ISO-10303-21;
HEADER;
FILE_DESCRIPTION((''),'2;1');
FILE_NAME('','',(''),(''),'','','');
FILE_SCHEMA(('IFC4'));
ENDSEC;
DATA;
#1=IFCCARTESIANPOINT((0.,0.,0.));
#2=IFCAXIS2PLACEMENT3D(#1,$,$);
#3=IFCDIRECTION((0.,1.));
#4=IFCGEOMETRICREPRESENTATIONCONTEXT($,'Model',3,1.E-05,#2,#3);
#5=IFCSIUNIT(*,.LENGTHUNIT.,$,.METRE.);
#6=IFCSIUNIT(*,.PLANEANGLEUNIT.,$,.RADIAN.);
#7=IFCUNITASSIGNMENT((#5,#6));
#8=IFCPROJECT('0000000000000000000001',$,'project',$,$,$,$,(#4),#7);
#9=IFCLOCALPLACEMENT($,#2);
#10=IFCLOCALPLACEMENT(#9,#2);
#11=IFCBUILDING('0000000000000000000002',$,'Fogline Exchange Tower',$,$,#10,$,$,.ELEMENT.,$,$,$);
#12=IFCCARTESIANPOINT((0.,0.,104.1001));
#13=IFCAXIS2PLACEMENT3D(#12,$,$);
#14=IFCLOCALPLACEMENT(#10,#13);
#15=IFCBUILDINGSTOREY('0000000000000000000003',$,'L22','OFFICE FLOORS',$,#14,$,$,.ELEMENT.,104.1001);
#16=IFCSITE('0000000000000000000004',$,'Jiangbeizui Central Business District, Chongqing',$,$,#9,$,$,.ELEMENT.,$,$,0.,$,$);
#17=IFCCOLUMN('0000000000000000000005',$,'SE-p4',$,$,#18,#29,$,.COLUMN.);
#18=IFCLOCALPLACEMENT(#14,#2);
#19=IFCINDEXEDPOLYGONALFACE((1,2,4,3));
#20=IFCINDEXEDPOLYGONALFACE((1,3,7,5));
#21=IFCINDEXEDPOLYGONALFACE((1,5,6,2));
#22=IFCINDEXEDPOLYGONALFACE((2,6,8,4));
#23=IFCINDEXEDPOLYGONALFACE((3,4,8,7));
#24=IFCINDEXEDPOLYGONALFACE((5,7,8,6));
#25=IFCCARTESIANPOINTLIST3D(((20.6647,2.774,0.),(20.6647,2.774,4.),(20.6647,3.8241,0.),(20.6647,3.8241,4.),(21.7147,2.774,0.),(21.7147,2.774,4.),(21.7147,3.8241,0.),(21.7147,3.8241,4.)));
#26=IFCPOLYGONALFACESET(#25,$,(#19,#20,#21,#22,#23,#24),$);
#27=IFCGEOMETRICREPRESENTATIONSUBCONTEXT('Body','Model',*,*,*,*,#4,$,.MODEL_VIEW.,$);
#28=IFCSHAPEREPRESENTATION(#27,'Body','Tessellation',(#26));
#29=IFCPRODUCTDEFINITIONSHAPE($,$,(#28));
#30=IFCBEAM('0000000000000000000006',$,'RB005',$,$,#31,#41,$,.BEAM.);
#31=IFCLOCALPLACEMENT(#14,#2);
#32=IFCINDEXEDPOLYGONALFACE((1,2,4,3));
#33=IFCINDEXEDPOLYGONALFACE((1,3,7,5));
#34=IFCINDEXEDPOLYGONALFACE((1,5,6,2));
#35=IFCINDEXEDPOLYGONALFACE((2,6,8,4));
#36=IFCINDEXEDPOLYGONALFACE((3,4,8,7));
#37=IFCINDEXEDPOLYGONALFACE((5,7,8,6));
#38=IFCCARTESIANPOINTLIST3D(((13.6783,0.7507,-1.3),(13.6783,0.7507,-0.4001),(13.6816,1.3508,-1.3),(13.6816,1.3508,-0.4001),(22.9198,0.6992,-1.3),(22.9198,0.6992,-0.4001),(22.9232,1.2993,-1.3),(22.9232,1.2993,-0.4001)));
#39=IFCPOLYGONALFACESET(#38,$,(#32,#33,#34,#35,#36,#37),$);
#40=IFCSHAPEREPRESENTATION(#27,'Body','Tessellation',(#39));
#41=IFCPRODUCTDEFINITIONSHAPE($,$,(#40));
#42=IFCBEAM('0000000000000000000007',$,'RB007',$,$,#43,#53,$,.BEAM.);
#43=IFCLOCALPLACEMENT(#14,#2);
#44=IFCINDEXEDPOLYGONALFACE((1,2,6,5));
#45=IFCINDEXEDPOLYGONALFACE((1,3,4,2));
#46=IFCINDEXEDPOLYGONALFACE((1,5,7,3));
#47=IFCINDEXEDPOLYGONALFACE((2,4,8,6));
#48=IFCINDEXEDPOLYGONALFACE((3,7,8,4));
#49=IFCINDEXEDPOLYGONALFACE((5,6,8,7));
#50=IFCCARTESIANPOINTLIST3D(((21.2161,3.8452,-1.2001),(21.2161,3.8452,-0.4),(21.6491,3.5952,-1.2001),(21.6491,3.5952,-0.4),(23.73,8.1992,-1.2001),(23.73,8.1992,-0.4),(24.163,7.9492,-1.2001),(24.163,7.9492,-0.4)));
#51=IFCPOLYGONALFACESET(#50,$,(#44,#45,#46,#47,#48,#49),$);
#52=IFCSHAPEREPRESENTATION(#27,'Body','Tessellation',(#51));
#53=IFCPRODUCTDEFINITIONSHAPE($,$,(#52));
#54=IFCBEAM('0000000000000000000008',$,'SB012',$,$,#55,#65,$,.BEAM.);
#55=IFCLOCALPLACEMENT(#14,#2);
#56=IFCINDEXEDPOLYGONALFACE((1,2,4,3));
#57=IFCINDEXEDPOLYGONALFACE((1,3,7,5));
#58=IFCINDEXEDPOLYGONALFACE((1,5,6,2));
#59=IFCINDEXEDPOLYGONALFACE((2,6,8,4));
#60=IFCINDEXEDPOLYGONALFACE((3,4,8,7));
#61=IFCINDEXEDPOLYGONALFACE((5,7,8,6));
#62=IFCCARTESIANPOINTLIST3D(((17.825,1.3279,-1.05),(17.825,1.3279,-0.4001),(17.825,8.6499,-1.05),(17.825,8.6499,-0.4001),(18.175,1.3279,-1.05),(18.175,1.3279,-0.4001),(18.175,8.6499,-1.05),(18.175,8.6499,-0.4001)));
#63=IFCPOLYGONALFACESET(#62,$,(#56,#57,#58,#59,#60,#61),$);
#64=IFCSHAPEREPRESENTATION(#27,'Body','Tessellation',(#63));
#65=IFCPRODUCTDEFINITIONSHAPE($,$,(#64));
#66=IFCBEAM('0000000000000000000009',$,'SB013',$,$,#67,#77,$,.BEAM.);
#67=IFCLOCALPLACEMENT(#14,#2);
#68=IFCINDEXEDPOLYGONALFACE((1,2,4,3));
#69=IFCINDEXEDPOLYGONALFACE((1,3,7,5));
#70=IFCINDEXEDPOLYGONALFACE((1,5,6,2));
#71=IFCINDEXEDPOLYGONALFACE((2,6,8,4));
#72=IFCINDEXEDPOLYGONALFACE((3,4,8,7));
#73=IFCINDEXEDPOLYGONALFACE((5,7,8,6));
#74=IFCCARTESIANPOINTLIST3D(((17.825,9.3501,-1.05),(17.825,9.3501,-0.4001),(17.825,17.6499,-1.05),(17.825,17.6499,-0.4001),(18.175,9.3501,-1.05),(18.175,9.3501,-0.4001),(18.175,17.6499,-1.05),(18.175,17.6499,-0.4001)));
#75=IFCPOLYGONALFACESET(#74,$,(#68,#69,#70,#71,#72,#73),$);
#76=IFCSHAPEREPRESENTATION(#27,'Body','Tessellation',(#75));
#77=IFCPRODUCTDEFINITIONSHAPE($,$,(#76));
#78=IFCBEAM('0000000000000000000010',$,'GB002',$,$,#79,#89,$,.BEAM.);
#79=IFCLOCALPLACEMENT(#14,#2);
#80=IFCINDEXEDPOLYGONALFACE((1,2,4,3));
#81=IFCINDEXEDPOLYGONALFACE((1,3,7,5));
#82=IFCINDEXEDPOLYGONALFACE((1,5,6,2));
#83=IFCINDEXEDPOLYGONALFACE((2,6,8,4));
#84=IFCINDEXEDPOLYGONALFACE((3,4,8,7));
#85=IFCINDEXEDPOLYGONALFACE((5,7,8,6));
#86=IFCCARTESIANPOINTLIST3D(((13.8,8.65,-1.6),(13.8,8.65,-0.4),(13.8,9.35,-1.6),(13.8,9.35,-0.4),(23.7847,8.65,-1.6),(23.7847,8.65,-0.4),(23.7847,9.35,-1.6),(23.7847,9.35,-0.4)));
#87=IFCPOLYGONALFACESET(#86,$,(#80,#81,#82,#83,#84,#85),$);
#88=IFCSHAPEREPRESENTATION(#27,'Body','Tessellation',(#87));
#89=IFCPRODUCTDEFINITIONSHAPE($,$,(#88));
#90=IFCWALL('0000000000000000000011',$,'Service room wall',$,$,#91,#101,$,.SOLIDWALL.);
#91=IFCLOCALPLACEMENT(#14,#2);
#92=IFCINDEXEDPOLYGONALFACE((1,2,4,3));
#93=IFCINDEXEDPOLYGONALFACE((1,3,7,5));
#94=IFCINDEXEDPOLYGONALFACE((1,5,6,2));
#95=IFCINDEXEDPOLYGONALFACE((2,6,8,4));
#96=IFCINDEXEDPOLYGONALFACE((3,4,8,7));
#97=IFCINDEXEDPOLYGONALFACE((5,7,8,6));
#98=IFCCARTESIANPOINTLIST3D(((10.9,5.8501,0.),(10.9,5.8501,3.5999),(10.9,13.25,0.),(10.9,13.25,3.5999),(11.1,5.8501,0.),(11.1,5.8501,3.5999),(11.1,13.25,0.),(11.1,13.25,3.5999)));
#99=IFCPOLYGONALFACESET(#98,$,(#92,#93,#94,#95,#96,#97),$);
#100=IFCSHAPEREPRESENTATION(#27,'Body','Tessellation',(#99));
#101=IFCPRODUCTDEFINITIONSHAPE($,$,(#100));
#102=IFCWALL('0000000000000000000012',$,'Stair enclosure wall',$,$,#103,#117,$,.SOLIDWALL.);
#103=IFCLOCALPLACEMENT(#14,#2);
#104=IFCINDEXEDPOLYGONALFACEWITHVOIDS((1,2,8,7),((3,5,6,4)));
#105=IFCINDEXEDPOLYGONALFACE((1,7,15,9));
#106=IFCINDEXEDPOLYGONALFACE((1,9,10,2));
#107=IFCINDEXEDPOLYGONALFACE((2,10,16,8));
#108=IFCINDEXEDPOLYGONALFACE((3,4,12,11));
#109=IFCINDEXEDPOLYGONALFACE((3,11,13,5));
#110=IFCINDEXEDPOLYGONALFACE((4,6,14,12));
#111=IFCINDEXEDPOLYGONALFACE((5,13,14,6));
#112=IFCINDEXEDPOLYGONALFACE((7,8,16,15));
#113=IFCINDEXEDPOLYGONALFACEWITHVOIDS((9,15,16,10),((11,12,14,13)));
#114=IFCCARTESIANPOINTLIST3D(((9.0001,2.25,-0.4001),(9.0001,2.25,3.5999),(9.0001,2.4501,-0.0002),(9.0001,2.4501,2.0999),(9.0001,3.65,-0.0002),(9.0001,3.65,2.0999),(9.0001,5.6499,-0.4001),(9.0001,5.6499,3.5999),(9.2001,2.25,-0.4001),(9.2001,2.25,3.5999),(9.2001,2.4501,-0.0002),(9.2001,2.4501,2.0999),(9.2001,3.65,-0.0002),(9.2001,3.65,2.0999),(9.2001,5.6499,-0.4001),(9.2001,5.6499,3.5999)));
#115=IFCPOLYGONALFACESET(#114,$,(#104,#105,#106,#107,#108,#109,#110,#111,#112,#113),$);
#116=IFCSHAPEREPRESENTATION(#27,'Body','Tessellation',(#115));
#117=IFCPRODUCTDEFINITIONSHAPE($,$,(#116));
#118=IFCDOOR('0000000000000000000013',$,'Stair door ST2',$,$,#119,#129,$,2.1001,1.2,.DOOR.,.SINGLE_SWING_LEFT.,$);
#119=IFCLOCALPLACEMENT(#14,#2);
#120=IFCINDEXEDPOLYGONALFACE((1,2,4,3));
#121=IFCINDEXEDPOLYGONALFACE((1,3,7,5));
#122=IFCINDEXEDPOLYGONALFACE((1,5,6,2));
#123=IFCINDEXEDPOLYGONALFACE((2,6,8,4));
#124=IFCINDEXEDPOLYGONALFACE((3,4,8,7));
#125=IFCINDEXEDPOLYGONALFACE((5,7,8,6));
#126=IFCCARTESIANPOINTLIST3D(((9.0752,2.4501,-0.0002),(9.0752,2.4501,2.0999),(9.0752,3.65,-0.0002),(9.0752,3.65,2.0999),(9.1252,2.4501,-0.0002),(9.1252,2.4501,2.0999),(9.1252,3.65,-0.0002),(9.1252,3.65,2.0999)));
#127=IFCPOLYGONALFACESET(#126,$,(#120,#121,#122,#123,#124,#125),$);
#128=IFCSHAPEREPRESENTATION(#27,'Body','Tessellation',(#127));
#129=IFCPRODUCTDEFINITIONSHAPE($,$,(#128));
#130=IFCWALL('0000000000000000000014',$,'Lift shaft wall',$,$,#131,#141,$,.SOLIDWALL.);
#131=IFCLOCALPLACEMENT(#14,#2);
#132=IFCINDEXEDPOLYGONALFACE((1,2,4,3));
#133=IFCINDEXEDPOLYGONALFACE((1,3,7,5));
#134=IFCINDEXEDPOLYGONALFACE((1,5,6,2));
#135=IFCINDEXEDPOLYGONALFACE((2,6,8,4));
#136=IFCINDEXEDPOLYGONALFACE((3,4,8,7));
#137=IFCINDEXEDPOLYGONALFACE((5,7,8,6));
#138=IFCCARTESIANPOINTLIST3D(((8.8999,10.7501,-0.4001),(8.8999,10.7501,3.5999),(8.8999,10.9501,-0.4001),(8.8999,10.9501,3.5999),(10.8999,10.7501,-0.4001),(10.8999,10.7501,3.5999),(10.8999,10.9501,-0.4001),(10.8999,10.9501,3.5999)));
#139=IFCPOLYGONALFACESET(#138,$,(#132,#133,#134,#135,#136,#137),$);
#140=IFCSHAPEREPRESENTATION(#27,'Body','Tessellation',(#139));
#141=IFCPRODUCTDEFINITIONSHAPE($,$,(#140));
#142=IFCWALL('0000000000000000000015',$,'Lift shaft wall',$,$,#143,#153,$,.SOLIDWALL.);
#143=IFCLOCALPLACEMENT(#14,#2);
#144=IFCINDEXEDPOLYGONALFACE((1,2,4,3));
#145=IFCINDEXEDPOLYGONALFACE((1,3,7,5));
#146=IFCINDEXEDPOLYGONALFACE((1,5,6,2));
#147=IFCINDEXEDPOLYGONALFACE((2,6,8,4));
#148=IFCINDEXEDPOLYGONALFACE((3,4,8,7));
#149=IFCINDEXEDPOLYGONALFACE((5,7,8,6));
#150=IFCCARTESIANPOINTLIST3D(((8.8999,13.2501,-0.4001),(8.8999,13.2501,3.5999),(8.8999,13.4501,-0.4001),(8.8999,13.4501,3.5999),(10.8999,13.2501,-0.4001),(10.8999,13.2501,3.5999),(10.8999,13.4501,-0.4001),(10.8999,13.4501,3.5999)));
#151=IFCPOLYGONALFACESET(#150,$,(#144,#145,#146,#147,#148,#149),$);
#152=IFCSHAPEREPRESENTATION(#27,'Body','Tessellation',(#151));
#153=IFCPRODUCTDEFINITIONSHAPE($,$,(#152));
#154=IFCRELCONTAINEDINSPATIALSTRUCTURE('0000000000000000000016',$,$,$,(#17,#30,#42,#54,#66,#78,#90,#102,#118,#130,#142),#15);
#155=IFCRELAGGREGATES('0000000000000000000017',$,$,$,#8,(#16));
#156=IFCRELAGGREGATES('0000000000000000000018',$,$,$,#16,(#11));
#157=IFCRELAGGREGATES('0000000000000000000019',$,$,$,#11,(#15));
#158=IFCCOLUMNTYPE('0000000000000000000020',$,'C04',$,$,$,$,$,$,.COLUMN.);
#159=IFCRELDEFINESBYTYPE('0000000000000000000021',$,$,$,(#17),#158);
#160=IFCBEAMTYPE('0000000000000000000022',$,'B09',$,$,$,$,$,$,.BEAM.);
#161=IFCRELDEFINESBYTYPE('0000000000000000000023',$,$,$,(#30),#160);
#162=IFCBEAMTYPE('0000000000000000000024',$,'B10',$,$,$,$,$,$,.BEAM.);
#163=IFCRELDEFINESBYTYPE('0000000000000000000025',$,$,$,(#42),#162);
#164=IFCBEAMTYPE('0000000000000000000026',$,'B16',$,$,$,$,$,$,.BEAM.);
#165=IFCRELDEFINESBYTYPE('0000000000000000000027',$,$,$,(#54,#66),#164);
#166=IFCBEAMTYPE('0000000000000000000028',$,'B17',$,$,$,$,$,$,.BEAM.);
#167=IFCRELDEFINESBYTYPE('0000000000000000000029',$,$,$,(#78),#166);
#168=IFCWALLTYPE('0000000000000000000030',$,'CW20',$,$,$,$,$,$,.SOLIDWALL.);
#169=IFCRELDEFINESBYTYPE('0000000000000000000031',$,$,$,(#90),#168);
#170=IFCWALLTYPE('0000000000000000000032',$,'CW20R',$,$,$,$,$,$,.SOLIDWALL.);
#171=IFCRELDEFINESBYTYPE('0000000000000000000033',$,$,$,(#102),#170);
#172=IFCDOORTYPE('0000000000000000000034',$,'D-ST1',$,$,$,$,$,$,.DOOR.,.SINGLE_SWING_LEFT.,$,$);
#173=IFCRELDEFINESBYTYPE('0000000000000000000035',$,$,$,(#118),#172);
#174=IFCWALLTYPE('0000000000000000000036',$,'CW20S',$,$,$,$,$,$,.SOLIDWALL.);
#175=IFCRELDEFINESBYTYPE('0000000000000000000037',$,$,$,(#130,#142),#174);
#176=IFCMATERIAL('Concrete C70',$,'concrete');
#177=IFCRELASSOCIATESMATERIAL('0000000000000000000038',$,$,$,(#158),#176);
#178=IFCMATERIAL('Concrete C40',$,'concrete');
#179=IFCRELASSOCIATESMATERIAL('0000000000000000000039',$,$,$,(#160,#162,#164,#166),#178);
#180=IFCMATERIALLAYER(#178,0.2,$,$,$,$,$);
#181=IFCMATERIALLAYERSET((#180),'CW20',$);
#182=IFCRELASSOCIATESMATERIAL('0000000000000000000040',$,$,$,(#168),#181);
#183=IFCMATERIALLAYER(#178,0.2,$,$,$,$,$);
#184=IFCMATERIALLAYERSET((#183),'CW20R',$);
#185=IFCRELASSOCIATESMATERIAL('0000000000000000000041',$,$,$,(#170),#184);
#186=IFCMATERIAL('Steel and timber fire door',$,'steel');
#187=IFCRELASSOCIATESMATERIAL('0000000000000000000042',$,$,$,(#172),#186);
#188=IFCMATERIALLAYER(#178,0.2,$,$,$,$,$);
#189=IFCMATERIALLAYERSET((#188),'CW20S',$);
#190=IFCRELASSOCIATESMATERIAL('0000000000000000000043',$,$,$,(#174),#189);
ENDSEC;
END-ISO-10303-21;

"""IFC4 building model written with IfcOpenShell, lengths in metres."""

from ifc_helpers import new_model, si_unit, direction, frame, frame_2d, origin, origin_2d, place, context, subcontext, project, spatial, rectangle, extrude, material, layer, layer_set, material_profile, profile_set, type_object, element, fill, save


model = new_model("IFC4")

# Units and contexts
model_context = context("Model", 3, precision=1e-05, world=origin(), true_north=direction((0.0, 1.0)))
body_context = subcontext(model_context, "Body", "Model", "MODEL_VIEW")
ifc_project = project(units=[si_unit("LENGTHUNIT", "METRE"), si_unit("PLANEANGLEUNIT", "RADIAN")], contexts=[model_context])

# Site, building, storey
site_placement = place(None, origin())
site = spatial("IfcSite", under=ifc_project, at=site_placement, Name="Jiangbeizui Central Business District, Chongqing", CompositionType="ELEMENT", RefElevation=0.0)
building_placement = place(site_placement, origin())
building = spatial("IfcBuilding", under=site, at=building_placement, Name="Fogline Exchange Tower", CompositionType="ELEMENT")
storey_placement = place(building_placement, frame((0.0, 0.0, 104.1001)))
storey = spatial("IfcBuildingStorey", under=building, at=storey_placement, Name="L22", Description="OFFICE FLOORS", CompositionType="ELEMENT", Elevation=104.1001)

# Column
ifc_material_1 = material(Name="Concrete C70", Category="concrete")
ifc_material_profile_1 = material_profile(ifc_material_1, rectangle(XDim=1.05, YDim=1.05, at=origin_2d()), Name="RC 1050x1050")
ifc_profile_set_1 = profile_set([ifc_material_profile_1], Name="Concrete C70")
column_type = type_object("IfcColumnType", Name="C04", PredefinedType="COLUMN", material=ifc_profile_set_1)
column_placement = place(storey_placement, frame((21.1897, 3.2991, 0.0), z_axis=(0.0, 0.0, 1.0), x_axis=(1.0, 0.0, 0.0)))
element("IfcColumn", 1, at=column_placement, inside=storey, type_object=column_type, Name="SE-p4", PredefinedType="COLUMN", context=body_context, shape_type="SweptSolid", body=[
    extrude(rectangle(XDim=1.05, YDim=1.05, at=origin_2d()), origin(), (0.0, 0.0, 1.0), 4.0),
])

# Beams
ifc_material_2 = material(Name="Concrete C40", Category="concrete")
ifc_material_profile_2 = material_profile(ifc_material_2, rectangle(XDim=0.6001, YDim=0.8999, at=origin_2d()), Name="RC 600x900")
ifc_profile_set_2 = profile_set([ifc_material_profile_2], Name="Concrete C40")
beam_type_1 = type_object("IfcBeamType", Name="B09", PredefinedType="BEAM", material=ifc_profile_set_2)
beam_1_placement = place(storey_placement, frame((13.6799, 1.0508, -0.8501), z_axis=(0.999984, -0.005574, 0.0), x_axis=(0.005574, 0.999984, 0.0)))
element("IfcBeam", 2, at=beam_1_placement, inside=storey, type_object=beam_type_1, Name="RB005", PredefinedType="BEAM", context=body_context, shape_type="SweptSolid", body=[
    extrude(rectangle(XDim=0.6001, YDim=0.8999, at=origin_2d()), origin(), (0.0, 0.0, 1.0), 9.2417),
])
ifc_material_profile_3 = material_profile(ifc_material_2, rectangle(XDim=0.5, YDim=0.8, at=origin_2d()), Name="RC 500x800")
ifc_profile_set_3 = profile_set([ifc_material_profile_3], Name="Concrete C40")
beam_type_2 = type_object("IfcBeamType", Name="B10", PredefinedType="BEAM", material=ifc_profile_set_3)
beam_2_placement = place(storey_placement, frame((21.4326, 3.7202, -0.8), z_axis=(0.500019, 0.866014, 0.0), x_axis=(-0.866014, 0.500019, 0.0)))
element("IfcBeam", 3, at=beam_2_placement, inside=storey, type_object=beam_type_2, Name="RB007", PredefinedType="BEAM", context=body_context, shape_type="SweptSolid", body=[
    extrude(rectangle(XDim=0.5, YDim=0.8, at=origin_2d()), origin(), (0.0, 0.0, 1.0), 5.0276),
])
ifc_material_profile_4 = material_profile(ifc_material_2, rectangle(XDim=0.3501, YDim=0.6499, at=origin_2d()), Name="RC 350x650")
ifc_profile_set_4 = profile_set([ifc_material_profile_4], Name="Concrete C40")
beam_type_3 = type_object("IfcBeamType", Name="B16", PredefinedType="BEAM", material=ifc_profile_set_4)
beam_3_placement = place(storey_placement, frame((18.0, 1.3279, -0.7251), z_axis=(0.0, 1.0, 0.0), x_axis=(-1.0, 0.0, 0.0)))
element("IfcBeam", 4, at=beam_3_placement, inside=storey, type_object=beam_type_3, Name="SB012", PredefinedType="BEAM", context=body_context, shape_type="SweptSolid", body=[
    extrude(rectangle(XDim=0.3501, YDim=0.6499, at=origin_2d()), origin(), (0.0, 0.0, 1.0), 7.322),
])
beam_4_placement = place(storey_placement, frame((18.0, 9.3501, -0.7251), z_axis=(0.0, 1.0, 0.0), x_axis=(-1.0, 0.0, 0.0)))
element("IfcBeam", 5, at=beam_4_placement, inside=storey, type_object=beam_type_3, Name="SB013", PredefinedType="BEAM", context=body_context, shape_type="SweptSolid", body=[
    extrude(rectangle(XDim=0.3501, YDim=0.6499, at=origin_2d()), origin(), (0.0, 0.0, 1.0), 8.2998),
])
ifc_material_profile_5 = material_profile(ifc_material_2, rectangle(XDim=0.7, YDim=1.2, at=origin_2d()), Name="RC 700x1200")
ifc_profile_set_5 = profile_set([ifc_material_profile_5], Name="Concrete C40")
beam_type_4 = type_object("IfcBeamType", Name="B17", PredefinedType="BEAM", material=ifc_profile_set_5)
beam_5_placement = place(storey_placement, frame((13.8, 9.0, -1.0), z_axis=(1.0, 0.0, 0.0), x_axis=(0.0, 1.0, 0.0)))
element("IfcBeam", 6, at=beam_5_placement, inside=storey, type_object=beam_type_4, Name="GB002", PredefinedType="BEAM", context=body_context, shape_type="SweptSolid", body=[
    extrude(rectangle(XDim=0.7, YDim=1.2, at=origin_2d()), origin(), (0.0, 0.0, 1.0), 9.9846),
])

# Wall
ifc_layer_1 = layer(ifc_material_2, 0.2)
ifc_layer_set_1 = layer_set([ifc_layer_1], Name="CW20")
wall_type_1 = type_object("IfcWallType", Name="CW20", PredefinedType="SOLIDWALL", material=ifc_layer_set_1)
wall_1_placement = place(storey_placement, frame((11.0, 5.8501, 0.0), z_axis=(0.0, 0.0, 1.0), x_axis=(0.0, 1.0, 0.0)))
element("IfcWall", 7, at=wall_1_placement, inside=storey, type_object=wall_type_1, Name="Service room wall", PredefinedType="SOLIDWALL", context=body_context, shape_type="SweptSolid", body=[
    extrude(rectangle(XDim=7.3999, YDim=0.2, at=frame_2d((3.7, 0.0))), origin(), (0.0, 0.0, 1.0), 3.5999),
])

# Wall, opening, door
ifc_layer_2 = layer(ifc_material_2, 0.2)
ifc_layer_set_2 = layer_set([ifc_layer_2], Name="CW20R")
wall_type_2 = type_object("IfcWallType", Name="CW20R", PredefinedType="SOLIDWALL", material=ifc_layer_set_2)
wall_2_placement = place(storey_placement, frame((9.1001, 2.25, -0.4001), z_axis=(0.0, 0.0, 1.0), x_axis=(0.0, 1.0, 0.0)))
wall_2 = element("IfcWall", 8, at=wall_2_placement, inside=storey, type_object=wall_type_2, Name="Stair enclosure wall", PredefinedType="SOLIDWALL", context=body_context, shape_type="SweptSolid", body=[
    extrude(rectangle(XDim=3.3999, YDim=0.2, at=frame_2d((1.7, 0.0))), origin(), (0.0, 0.0, 1.0), 4.0),
])
opening_1_placement = place(wall_2_placement, frame((0.2, 0.0, 0.3999)))
opening_1 = element("IfcOpeningElement", 9, at=opening_1_placement, cuts=wall_2, PredefinedType="OPENING", context=body_context, shape_type="SweptSolid", body=[
    extrude(rectangle(XDim=1.2, YDim=2.1001, at=frame_2d((0.6001, 1.05))), frame((0.0, 0.1099, 0.0), z_axis=(0.0, -1.0, 0.0), x_axis=(1.0, 0.0, 0.0)), (0.0, 0.0, 1.0), 0.22),
])
ifc_material_3 = material(Name="Steel and timber fire door", Category="steel")
door_type_1 = type_object("IfcDoorType", Name="D-ST1", OperationType="SINGLE_SWING_LEFT", PredefinedType="DOOR", material=ifc_material_3)
door_1_placement = place(opening_1_placement, origin())
door_1 = element("IfcDoor", 10, at=door_1_placement, inside=storey, type_object=door_type_1, Name="Stair door ST2", OperationType="SINGLE_SWING_LEFT", OverallHeight=2.1001, OverallWidth=1.2, PredefinedType="DOOR", context=body_context, shape_type="SweptSolid", body=[
    extrude(rectangle(XDim=1.2, YDim=2.1001, at=frame_2d((0.6001, 1.05))), frame((0.0, 0.0249, 0.0), z_axis=(0.0, -1.0, 0.0), x_axis=(1.0, 0.0, 0.0)), (0.0, 0.0, 1.0), 0.05),
])
fill(opening_1, door_1)

# Walls
ifc_layer_3 = layer(ifc_material_2, 0.2)
ifc_layer_set_3 = layer_set([ifc_layer_3], Name="CW20S")
wall_type_3 = type_object("IfcWallType", Name="CW20S", PredefinedType="SOLIDWALL", material=ifc_layer_set_3)
for number, where, z_axis, x_axis, name in (
    (11, (8.8999, 10.8501, -0.4001), (0.0, 0.0, 1.0), (1.0, 0.0, 0.0), "Lift shaft wall"),
    (12, (8.8999, 13.3501, -0.4001), (0.0, 0.0, 1.0), (1.0, 0.0, 0.0), "Lift shaft wall"),
):
    element("IfcWall", number, at=place(storey_placement, frame(where, z_axis=z_axis, x_axis=x_axis)), inside=storey, type_object=wall_type_3, Name=name, PredefinedType="SOLIDWALL", context=body_context, shape_type="SweptSolid", body=[
        extrude(rectangle(XDim=2.0, YDim=0.2, at=frame_2d((1.0, 0.0))), origin(), (0.0, 0.0, 1.0), 4.0),
    ])

save(model, "model.ifc")
